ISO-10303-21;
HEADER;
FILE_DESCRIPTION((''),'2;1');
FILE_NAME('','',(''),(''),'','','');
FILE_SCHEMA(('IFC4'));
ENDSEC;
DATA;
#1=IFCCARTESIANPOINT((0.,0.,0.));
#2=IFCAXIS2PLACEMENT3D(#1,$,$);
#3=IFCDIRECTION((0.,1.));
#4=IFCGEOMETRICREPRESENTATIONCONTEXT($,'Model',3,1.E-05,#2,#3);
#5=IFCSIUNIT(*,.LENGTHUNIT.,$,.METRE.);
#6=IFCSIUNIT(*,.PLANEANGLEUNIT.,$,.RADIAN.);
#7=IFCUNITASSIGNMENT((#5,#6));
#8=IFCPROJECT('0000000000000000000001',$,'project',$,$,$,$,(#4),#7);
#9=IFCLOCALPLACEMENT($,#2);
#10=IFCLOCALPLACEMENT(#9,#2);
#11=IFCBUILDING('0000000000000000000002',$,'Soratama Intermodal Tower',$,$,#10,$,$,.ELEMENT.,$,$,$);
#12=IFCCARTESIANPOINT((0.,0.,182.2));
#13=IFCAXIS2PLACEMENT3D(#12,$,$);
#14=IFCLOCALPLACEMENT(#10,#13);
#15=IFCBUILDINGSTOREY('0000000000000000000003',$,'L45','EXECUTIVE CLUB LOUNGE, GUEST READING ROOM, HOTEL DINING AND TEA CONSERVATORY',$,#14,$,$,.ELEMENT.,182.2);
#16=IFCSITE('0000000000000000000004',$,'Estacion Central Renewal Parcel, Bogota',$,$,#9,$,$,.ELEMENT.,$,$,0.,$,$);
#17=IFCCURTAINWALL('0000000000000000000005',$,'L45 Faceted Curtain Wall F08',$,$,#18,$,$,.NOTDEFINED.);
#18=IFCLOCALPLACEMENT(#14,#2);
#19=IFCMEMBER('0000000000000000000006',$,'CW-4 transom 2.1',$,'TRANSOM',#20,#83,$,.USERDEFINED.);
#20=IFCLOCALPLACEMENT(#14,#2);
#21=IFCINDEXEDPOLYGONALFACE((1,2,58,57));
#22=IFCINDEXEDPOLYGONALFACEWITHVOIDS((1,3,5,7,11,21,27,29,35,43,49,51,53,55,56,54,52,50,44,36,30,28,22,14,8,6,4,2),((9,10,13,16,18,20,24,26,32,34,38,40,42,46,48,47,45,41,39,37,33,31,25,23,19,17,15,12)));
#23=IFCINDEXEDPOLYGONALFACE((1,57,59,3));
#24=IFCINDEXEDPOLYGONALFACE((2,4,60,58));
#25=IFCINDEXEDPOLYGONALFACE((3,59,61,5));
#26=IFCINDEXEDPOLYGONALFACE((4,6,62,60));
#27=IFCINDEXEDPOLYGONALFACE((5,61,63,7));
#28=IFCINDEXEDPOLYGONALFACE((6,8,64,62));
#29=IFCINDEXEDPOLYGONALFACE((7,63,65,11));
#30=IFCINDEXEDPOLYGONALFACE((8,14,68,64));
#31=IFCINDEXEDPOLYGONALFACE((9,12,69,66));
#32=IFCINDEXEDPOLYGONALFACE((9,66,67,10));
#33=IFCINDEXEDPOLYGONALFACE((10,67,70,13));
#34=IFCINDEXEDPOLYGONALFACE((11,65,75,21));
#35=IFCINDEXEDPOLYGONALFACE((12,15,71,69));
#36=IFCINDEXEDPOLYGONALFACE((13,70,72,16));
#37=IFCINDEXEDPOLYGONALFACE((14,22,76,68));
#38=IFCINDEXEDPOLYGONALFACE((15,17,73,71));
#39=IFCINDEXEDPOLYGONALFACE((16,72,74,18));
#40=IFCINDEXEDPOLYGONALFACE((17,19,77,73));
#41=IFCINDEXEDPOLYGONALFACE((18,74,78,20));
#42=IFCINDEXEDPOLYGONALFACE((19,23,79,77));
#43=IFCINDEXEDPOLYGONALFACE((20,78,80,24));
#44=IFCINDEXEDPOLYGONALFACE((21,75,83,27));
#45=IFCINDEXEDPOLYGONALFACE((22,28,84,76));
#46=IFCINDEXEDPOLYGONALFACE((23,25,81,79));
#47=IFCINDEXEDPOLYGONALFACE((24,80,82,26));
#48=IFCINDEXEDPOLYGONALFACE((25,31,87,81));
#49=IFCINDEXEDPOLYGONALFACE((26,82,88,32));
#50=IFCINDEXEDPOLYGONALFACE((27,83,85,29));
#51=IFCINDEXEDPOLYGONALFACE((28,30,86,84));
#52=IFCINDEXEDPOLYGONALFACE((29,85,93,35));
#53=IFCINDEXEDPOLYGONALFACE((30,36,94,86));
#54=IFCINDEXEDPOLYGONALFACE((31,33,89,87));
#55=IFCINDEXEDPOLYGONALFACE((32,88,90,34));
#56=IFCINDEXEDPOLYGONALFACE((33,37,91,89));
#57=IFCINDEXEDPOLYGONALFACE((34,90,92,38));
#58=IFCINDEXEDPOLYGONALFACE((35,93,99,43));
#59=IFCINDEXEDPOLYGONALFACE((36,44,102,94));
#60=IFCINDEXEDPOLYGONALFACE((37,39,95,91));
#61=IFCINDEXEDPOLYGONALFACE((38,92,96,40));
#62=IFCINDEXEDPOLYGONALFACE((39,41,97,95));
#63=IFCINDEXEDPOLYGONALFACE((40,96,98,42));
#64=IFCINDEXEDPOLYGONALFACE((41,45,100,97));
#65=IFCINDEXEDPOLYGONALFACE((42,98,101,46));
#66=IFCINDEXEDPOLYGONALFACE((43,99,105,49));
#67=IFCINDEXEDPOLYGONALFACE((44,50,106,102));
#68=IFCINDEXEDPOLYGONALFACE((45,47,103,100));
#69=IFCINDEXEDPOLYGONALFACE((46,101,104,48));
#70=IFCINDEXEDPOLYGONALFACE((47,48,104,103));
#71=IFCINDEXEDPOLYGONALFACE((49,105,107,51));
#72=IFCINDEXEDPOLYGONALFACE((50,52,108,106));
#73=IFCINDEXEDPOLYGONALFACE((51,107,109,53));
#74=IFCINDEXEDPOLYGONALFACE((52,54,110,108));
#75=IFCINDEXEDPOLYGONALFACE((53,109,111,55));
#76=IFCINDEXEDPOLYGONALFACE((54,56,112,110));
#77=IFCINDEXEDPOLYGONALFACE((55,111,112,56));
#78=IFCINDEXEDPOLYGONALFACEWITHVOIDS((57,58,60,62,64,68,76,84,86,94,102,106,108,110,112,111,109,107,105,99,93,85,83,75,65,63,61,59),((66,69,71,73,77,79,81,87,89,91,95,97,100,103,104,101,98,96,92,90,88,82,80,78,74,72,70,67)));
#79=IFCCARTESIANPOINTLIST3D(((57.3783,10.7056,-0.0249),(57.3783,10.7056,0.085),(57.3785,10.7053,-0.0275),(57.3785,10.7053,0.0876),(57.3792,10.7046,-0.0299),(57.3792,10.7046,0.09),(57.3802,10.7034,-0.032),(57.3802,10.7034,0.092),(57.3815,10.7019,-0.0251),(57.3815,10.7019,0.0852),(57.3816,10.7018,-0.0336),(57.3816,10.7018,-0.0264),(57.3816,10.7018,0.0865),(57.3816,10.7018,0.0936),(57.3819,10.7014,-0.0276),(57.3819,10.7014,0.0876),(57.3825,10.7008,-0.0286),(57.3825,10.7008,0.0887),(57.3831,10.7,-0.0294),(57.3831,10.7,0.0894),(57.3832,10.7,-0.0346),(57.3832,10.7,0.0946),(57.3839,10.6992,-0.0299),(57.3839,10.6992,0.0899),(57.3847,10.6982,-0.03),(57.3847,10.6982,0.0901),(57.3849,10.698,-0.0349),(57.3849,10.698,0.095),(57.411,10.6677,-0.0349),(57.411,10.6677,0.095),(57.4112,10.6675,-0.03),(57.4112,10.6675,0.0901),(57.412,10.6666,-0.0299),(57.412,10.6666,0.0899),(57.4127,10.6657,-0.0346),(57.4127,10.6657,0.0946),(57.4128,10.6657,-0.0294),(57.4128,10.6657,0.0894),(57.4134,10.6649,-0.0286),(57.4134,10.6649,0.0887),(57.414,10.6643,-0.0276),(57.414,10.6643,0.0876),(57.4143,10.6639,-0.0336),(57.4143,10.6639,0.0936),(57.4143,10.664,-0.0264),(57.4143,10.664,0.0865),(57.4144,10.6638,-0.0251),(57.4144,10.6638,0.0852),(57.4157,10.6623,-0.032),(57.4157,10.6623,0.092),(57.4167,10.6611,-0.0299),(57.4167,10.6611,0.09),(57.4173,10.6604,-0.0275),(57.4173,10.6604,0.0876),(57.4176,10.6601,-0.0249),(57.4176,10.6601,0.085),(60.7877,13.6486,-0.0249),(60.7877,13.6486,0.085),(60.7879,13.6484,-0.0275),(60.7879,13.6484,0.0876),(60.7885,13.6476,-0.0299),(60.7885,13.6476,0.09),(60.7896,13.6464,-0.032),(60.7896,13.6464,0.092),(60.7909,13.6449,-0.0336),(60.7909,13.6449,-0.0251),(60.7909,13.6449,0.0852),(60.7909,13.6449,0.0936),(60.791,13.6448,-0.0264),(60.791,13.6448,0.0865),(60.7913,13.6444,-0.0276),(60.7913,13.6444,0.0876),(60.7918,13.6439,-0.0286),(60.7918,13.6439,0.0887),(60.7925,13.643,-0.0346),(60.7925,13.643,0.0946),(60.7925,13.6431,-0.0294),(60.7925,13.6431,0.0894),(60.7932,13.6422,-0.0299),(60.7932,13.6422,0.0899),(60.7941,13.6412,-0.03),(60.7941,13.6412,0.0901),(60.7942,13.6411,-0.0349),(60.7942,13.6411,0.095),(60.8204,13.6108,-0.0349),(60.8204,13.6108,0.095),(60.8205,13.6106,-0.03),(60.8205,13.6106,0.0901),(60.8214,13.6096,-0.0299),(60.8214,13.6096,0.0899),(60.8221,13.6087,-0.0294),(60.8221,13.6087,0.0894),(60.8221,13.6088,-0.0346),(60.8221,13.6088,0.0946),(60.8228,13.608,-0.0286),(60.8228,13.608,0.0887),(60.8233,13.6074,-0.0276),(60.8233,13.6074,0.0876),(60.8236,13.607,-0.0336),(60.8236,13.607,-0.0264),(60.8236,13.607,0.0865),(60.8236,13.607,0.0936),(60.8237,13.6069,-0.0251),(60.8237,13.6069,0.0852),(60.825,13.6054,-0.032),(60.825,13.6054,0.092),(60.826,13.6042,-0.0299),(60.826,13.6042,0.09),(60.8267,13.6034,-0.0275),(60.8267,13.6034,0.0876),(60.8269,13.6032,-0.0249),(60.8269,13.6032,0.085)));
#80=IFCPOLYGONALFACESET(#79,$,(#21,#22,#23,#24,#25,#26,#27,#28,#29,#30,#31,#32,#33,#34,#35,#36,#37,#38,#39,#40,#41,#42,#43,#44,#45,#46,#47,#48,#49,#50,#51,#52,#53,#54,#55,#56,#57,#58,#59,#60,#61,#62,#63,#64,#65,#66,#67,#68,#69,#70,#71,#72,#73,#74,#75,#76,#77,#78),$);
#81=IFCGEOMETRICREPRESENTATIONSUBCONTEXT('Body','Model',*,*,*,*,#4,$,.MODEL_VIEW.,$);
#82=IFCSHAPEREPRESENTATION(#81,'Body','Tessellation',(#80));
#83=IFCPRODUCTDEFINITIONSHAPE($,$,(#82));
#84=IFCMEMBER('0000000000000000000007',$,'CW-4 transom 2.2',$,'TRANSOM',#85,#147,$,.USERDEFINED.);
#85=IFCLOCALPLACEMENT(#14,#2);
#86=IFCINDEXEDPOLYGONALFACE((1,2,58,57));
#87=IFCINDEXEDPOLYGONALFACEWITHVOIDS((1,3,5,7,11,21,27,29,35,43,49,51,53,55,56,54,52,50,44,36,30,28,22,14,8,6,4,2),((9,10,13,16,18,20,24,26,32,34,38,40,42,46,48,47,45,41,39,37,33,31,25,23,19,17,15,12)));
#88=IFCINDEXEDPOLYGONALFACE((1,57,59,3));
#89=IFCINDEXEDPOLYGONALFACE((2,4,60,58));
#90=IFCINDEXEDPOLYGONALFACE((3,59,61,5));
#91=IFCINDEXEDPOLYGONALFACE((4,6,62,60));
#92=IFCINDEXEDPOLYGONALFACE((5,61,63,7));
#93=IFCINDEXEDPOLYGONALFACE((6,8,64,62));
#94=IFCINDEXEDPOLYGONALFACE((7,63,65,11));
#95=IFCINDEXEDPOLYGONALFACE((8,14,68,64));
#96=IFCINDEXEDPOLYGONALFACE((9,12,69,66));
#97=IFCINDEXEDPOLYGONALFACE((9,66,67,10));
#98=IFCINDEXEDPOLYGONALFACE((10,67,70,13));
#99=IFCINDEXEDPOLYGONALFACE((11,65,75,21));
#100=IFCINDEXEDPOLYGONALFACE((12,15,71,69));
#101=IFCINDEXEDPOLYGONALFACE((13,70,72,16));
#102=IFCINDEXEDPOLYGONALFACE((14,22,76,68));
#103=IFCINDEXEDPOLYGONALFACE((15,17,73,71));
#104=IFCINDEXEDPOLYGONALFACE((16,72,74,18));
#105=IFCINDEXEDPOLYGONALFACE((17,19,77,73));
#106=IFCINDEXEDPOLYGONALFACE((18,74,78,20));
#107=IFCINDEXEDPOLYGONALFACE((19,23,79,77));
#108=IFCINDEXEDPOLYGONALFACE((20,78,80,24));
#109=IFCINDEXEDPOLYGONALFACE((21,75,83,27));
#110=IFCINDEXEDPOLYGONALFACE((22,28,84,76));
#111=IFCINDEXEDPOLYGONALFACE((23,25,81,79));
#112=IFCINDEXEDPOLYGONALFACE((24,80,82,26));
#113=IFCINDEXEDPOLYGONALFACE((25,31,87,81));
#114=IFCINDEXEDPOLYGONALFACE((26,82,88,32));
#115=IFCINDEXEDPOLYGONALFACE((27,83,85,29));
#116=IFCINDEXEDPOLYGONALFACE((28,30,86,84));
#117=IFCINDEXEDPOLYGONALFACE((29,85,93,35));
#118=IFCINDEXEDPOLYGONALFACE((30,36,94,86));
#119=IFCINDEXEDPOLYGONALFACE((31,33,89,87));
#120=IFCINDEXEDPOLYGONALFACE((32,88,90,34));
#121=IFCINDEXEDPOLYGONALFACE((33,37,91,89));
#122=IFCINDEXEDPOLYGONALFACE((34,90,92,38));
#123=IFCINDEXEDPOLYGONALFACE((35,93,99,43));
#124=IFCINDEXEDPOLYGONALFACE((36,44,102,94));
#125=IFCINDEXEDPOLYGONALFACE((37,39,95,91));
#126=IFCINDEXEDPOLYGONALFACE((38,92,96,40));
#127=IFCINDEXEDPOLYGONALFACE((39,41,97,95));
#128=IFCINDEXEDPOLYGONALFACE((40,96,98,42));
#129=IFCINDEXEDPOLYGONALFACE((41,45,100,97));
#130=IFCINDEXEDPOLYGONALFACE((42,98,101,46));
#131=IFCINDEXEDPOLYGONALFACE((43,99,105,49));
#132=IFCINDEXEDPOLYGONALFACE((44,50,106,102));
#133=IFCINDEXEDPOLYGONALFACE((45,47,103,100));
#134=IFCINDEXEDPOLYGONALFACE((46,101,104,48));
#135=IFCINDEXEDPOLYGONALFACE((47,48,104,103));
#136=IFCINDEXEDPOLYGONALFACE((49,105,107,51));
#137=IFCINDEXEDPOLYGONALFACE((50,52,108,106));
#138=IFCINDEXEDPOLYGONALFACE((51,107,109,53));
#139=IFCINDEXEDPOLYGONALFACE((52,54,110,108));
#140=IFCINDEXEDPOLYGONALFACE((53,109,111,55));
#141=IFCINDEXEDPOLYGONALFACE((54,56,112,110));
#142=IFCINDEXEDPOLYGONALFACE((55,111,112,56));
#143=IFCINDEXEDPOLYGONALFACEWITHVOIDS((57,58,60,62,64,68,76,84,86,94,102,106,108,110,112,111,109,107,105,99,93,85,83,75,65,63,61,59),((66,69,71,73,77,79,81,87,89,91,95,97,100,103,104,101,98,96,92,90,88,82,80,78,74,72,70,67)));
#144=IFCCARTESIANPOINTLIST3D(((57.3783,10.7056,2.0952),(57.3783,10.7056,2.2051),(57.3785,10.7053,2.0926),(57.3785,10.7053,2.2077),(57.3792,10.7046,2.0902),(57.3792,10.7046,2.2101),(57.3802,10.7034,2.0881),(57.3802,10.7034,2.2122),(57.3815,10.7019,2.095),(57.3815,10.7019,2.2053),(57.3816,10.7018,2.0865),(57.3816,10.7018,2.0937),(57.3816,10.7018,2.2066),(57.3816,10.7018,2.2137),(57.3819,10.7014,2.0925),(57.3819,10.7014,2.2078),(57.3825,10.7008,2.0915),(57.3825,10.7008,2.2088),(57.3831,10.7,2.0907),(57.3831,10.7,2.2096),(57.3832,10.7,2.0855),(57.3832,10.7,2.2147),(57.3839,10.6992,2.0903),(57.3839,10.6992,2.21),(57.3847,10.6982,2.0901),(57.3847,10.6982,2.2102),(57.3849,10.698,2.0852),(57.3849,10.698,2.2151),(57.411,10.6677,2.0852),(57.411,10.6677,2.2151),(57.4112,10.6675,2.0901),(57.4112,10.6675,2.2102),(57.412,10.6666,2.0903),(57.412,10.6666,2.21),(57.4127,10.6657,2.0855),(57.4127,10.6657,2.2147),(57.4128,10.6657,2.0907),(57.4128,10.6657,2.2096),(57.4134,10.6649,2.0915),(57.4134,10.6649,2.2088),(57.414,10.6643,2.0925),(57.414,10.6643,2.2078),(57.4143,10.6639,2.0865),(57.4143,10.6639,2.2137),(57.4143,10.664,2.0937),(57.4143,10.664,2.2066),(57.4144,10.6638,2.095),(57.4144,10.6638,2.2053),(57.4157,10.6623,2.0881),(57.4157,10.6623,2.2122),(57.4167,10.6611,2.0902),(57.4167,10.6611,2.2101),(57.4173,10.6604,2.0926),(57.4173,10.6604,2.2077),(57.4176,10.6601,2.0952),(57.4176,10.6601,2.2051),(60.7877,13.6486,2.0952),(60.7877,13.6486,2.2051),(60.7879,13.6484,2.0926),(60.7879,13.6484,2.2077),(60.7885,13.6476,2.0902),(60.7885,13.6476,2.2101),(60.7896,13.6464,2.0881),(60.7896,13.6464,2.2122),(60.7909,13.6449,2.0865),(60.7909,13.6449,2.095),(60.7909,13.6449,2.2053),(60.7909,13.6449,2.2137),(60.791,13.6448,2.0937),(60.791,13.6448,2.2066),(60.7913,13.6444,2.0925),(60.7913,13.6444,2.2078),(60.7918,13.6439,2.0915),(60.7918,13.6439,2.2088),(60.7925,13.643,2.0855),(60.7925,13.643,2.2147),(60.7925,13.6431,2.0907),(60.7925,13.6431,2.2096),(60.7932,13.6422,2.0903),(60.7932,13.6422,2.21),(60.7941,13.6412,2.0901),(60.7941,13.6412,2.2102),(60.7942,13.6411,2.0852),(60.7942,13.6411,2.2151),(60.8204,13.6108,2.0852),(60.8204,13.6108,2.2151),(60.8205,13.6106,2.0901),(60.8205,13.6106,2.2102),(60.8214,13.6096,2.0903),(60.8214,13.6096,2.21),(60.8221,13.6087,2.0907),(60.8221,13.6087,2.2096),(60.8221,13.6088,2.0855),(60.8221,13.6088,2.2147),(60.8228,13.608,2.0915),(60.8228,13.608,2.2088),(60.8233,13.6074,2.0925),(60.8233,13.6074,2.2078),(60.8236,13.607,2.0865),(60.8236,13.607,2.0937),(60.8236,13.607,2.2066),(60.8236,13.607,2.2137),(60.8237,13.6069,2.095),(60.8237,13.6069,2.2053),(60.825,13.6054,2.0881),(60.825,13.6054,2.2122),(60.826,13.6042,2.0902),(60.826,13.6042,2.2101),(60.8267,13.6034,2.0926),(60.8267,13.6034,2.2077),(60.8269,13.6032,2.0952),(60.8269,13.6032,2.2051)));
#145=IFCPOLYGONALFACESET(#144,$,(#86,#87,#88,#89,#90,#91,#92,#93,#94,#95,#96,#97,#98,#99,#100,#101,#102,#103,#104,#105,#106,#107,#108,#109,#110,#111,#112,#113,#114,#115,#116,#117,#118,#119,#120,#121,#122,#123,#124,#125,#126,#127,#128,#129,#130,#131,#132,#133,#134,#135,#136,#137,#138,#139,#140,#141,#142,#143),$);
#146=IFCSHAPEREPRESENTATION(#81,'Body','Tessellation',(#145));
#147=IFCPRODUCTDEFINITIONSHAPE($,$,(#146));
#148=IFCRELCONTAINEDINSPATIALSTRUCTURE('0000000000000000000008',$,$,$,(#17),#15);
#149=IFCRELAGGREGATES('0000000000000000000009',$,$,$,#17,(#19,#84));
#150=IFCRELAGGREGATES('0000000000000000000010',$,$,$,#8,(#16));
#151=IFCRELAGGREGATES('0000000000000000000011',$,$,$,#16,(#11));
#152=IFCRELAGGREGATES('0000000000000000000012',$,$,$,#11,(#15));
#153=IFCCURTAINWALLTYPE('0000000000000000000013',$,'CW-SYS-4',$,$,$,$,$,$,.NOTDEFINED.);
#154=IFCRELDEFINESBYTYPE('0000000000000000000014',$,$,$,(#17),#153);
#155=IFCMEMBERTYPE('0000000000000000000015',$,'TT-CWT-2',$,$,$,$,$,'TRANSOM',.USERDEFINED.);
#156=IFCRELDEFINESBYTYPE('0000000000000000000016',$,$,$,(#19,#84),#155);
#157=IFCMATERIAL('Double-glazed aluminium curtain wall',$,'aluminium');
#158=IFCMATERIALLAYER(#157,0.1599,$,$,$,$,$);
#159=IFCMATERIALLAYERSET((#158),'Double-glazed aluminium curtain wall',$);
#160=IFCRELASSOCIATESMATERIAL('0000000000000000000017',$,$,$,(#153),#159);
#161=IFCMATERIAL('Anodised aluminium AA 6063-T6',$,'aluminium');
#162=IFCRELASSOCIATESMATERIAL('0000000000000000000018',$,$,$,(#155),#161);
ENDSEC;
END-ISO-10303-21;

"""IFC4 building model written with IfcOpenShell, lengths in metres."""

from ifc_helpers import new_model, si_unit, direction, frame, origin, origin_2d, place, context, subcontext, project, spatial, hollow_rectangle, extrude, material, layer, layer_set, material_profile, profile_set, type_object, element, aggregate, save


model = new_model("IFC4")

# Units and contexts
model_context = context("Model", 3, precision=1e-05, world=origin(), true_north=direction((0.0, 1.0)))
body_context = subcontext(model_context, "Body", "Model", "MODEL_VIEW")
ifc_project = project(units=[si_unit("LENGTHUNIT", "METRE"), si_unit("PLANEANGLEUNIT", "RADIAN")], contexts=[model_context])

# Site, building, storey
site_placement = place(None, origin())
site = spatial("IfcSite", under=ifc_project, at=site_placement, Name="Estacion Central Renewal Parcel, Bogota", CompositionType="ELEMENT", RefElevation=0.0)
building_placement = place(site_placement, origin())
building = spatial("IfcBuilding", under=site, at=building_placement, Name="Soratama Intermodal Tower", CompositionType="ELEMENT")
storey_placement = place(building_placement, frame((0.0, 0.0, 182.2)))
storey = spatial("IfcBuildingStorey", under=building, at=storey_placement, Name="L45", Description="EXECUTIVE CLUB LOUNGE, GUEST READING ROOM, HOTEL DINING AND TEA CONSERVATORY", CompositionType="ELEMENT", Elevation=182.2)

# Curtain wall, members
ifc_material_1 = material(Name="Double-glazed aluminium curtain wall", Category="aluminium")
ifc_layer_1 = layer(ifc_material_1, 0.1599)
ifc_layer_set_1 = layer_set([ifc_layer_1], Name="Double-glazed aluminium curtain wall")
curtain_wall_type = type_object("IfcCurtainWallType", Name="CW-SYS-4", PredefinedType="NOTDEFINED", material=ifc_layer_set_1)
curtain_wall_placement = place(storey_placement, origin())
curtain_wall = element("IfcCurtainWall", 1, at=curtain_wall_placement, inside=storey, type_object=curtain_wall_type, Name="L45 Faceted Curtain Wall F08", PredefinedType="NOTDEFINED")
ifc_material_2 = material(Name="Anodised aluminium AA 6063-T6", Category="aluminium")
ifc_material_profile_1 = material_profile(ifc_material_2, hollow_rectangle(XDim=0.0601, YDim=0.1299, WallThickness=0.0049, InnerFilletRadius=0.0049, OuterFilletRadius=0.01, at=origin_2d()), Name="CWT130X60X5")
ifc_profile_set_1 = profile_set([ifc_material_profile_1], Name="Anodised aluminium AA 6063-T6")
member_type_1 = type_object("IfcMemberType", Name="TT-CWT-2", ElementType="TRANSOM", PredefinedType="USERDEFINED", material=ifc_profile_set_1)
member_1_placement = place(storey_placement, frame((57.3979, 10.6829, 0.03), z_axis=(0.756975, 0.653443, 0.0), x_axis=(-0.653443, 0.756975, 0.0)))
member_1 = element("IfcMember", 2, at=member_1_placement, type_object=member_type_1, Name="CW-4 transom 2.1", ObjectType="TRANSOM", PredefinedType="USERDEFINED", context=body_context, shape_type="SweptSolid", body=[
    extrude(hollow_rectangle(XDim=0.0601, YDim=0.1299, WallThickness=0.0049, InnerFilletRadius=0.0049, OuterFilletRadius=0.01, at=origin_2d()), origin(), (0.0, 0.0, 1.0), 4.5039),
])
member_2_placement = place(storey_placement, frame((57.3979, 10.6829, 2.1501), z_axis=(0.756975, 0.653443, 0.0), x_axis=(-0.653443, 0.756975, 0.0)))
member_2 = element("IfcMember", 3, at=member_2_placement, type_object=member_type_1, Name="CW-4 transom 2.2", ObjectType="TRANSOM", PredefinedType="USERDEFINED", context=body_context, shape_type="SweptSolid", body=[
    extrude(hollow_rectangle(XDim=0.0601, YDim=0.1299, WallThickness=0.0049, InnerFilletRadius=0.0049, OuterFilletRadius=0.01, at=origin_2d()), origin(), (0.0, 0.0, 1.0), 4.5039),
])
aggregate(curtain_wall, [member_1, member_2])

save(model, "model.ifc")
